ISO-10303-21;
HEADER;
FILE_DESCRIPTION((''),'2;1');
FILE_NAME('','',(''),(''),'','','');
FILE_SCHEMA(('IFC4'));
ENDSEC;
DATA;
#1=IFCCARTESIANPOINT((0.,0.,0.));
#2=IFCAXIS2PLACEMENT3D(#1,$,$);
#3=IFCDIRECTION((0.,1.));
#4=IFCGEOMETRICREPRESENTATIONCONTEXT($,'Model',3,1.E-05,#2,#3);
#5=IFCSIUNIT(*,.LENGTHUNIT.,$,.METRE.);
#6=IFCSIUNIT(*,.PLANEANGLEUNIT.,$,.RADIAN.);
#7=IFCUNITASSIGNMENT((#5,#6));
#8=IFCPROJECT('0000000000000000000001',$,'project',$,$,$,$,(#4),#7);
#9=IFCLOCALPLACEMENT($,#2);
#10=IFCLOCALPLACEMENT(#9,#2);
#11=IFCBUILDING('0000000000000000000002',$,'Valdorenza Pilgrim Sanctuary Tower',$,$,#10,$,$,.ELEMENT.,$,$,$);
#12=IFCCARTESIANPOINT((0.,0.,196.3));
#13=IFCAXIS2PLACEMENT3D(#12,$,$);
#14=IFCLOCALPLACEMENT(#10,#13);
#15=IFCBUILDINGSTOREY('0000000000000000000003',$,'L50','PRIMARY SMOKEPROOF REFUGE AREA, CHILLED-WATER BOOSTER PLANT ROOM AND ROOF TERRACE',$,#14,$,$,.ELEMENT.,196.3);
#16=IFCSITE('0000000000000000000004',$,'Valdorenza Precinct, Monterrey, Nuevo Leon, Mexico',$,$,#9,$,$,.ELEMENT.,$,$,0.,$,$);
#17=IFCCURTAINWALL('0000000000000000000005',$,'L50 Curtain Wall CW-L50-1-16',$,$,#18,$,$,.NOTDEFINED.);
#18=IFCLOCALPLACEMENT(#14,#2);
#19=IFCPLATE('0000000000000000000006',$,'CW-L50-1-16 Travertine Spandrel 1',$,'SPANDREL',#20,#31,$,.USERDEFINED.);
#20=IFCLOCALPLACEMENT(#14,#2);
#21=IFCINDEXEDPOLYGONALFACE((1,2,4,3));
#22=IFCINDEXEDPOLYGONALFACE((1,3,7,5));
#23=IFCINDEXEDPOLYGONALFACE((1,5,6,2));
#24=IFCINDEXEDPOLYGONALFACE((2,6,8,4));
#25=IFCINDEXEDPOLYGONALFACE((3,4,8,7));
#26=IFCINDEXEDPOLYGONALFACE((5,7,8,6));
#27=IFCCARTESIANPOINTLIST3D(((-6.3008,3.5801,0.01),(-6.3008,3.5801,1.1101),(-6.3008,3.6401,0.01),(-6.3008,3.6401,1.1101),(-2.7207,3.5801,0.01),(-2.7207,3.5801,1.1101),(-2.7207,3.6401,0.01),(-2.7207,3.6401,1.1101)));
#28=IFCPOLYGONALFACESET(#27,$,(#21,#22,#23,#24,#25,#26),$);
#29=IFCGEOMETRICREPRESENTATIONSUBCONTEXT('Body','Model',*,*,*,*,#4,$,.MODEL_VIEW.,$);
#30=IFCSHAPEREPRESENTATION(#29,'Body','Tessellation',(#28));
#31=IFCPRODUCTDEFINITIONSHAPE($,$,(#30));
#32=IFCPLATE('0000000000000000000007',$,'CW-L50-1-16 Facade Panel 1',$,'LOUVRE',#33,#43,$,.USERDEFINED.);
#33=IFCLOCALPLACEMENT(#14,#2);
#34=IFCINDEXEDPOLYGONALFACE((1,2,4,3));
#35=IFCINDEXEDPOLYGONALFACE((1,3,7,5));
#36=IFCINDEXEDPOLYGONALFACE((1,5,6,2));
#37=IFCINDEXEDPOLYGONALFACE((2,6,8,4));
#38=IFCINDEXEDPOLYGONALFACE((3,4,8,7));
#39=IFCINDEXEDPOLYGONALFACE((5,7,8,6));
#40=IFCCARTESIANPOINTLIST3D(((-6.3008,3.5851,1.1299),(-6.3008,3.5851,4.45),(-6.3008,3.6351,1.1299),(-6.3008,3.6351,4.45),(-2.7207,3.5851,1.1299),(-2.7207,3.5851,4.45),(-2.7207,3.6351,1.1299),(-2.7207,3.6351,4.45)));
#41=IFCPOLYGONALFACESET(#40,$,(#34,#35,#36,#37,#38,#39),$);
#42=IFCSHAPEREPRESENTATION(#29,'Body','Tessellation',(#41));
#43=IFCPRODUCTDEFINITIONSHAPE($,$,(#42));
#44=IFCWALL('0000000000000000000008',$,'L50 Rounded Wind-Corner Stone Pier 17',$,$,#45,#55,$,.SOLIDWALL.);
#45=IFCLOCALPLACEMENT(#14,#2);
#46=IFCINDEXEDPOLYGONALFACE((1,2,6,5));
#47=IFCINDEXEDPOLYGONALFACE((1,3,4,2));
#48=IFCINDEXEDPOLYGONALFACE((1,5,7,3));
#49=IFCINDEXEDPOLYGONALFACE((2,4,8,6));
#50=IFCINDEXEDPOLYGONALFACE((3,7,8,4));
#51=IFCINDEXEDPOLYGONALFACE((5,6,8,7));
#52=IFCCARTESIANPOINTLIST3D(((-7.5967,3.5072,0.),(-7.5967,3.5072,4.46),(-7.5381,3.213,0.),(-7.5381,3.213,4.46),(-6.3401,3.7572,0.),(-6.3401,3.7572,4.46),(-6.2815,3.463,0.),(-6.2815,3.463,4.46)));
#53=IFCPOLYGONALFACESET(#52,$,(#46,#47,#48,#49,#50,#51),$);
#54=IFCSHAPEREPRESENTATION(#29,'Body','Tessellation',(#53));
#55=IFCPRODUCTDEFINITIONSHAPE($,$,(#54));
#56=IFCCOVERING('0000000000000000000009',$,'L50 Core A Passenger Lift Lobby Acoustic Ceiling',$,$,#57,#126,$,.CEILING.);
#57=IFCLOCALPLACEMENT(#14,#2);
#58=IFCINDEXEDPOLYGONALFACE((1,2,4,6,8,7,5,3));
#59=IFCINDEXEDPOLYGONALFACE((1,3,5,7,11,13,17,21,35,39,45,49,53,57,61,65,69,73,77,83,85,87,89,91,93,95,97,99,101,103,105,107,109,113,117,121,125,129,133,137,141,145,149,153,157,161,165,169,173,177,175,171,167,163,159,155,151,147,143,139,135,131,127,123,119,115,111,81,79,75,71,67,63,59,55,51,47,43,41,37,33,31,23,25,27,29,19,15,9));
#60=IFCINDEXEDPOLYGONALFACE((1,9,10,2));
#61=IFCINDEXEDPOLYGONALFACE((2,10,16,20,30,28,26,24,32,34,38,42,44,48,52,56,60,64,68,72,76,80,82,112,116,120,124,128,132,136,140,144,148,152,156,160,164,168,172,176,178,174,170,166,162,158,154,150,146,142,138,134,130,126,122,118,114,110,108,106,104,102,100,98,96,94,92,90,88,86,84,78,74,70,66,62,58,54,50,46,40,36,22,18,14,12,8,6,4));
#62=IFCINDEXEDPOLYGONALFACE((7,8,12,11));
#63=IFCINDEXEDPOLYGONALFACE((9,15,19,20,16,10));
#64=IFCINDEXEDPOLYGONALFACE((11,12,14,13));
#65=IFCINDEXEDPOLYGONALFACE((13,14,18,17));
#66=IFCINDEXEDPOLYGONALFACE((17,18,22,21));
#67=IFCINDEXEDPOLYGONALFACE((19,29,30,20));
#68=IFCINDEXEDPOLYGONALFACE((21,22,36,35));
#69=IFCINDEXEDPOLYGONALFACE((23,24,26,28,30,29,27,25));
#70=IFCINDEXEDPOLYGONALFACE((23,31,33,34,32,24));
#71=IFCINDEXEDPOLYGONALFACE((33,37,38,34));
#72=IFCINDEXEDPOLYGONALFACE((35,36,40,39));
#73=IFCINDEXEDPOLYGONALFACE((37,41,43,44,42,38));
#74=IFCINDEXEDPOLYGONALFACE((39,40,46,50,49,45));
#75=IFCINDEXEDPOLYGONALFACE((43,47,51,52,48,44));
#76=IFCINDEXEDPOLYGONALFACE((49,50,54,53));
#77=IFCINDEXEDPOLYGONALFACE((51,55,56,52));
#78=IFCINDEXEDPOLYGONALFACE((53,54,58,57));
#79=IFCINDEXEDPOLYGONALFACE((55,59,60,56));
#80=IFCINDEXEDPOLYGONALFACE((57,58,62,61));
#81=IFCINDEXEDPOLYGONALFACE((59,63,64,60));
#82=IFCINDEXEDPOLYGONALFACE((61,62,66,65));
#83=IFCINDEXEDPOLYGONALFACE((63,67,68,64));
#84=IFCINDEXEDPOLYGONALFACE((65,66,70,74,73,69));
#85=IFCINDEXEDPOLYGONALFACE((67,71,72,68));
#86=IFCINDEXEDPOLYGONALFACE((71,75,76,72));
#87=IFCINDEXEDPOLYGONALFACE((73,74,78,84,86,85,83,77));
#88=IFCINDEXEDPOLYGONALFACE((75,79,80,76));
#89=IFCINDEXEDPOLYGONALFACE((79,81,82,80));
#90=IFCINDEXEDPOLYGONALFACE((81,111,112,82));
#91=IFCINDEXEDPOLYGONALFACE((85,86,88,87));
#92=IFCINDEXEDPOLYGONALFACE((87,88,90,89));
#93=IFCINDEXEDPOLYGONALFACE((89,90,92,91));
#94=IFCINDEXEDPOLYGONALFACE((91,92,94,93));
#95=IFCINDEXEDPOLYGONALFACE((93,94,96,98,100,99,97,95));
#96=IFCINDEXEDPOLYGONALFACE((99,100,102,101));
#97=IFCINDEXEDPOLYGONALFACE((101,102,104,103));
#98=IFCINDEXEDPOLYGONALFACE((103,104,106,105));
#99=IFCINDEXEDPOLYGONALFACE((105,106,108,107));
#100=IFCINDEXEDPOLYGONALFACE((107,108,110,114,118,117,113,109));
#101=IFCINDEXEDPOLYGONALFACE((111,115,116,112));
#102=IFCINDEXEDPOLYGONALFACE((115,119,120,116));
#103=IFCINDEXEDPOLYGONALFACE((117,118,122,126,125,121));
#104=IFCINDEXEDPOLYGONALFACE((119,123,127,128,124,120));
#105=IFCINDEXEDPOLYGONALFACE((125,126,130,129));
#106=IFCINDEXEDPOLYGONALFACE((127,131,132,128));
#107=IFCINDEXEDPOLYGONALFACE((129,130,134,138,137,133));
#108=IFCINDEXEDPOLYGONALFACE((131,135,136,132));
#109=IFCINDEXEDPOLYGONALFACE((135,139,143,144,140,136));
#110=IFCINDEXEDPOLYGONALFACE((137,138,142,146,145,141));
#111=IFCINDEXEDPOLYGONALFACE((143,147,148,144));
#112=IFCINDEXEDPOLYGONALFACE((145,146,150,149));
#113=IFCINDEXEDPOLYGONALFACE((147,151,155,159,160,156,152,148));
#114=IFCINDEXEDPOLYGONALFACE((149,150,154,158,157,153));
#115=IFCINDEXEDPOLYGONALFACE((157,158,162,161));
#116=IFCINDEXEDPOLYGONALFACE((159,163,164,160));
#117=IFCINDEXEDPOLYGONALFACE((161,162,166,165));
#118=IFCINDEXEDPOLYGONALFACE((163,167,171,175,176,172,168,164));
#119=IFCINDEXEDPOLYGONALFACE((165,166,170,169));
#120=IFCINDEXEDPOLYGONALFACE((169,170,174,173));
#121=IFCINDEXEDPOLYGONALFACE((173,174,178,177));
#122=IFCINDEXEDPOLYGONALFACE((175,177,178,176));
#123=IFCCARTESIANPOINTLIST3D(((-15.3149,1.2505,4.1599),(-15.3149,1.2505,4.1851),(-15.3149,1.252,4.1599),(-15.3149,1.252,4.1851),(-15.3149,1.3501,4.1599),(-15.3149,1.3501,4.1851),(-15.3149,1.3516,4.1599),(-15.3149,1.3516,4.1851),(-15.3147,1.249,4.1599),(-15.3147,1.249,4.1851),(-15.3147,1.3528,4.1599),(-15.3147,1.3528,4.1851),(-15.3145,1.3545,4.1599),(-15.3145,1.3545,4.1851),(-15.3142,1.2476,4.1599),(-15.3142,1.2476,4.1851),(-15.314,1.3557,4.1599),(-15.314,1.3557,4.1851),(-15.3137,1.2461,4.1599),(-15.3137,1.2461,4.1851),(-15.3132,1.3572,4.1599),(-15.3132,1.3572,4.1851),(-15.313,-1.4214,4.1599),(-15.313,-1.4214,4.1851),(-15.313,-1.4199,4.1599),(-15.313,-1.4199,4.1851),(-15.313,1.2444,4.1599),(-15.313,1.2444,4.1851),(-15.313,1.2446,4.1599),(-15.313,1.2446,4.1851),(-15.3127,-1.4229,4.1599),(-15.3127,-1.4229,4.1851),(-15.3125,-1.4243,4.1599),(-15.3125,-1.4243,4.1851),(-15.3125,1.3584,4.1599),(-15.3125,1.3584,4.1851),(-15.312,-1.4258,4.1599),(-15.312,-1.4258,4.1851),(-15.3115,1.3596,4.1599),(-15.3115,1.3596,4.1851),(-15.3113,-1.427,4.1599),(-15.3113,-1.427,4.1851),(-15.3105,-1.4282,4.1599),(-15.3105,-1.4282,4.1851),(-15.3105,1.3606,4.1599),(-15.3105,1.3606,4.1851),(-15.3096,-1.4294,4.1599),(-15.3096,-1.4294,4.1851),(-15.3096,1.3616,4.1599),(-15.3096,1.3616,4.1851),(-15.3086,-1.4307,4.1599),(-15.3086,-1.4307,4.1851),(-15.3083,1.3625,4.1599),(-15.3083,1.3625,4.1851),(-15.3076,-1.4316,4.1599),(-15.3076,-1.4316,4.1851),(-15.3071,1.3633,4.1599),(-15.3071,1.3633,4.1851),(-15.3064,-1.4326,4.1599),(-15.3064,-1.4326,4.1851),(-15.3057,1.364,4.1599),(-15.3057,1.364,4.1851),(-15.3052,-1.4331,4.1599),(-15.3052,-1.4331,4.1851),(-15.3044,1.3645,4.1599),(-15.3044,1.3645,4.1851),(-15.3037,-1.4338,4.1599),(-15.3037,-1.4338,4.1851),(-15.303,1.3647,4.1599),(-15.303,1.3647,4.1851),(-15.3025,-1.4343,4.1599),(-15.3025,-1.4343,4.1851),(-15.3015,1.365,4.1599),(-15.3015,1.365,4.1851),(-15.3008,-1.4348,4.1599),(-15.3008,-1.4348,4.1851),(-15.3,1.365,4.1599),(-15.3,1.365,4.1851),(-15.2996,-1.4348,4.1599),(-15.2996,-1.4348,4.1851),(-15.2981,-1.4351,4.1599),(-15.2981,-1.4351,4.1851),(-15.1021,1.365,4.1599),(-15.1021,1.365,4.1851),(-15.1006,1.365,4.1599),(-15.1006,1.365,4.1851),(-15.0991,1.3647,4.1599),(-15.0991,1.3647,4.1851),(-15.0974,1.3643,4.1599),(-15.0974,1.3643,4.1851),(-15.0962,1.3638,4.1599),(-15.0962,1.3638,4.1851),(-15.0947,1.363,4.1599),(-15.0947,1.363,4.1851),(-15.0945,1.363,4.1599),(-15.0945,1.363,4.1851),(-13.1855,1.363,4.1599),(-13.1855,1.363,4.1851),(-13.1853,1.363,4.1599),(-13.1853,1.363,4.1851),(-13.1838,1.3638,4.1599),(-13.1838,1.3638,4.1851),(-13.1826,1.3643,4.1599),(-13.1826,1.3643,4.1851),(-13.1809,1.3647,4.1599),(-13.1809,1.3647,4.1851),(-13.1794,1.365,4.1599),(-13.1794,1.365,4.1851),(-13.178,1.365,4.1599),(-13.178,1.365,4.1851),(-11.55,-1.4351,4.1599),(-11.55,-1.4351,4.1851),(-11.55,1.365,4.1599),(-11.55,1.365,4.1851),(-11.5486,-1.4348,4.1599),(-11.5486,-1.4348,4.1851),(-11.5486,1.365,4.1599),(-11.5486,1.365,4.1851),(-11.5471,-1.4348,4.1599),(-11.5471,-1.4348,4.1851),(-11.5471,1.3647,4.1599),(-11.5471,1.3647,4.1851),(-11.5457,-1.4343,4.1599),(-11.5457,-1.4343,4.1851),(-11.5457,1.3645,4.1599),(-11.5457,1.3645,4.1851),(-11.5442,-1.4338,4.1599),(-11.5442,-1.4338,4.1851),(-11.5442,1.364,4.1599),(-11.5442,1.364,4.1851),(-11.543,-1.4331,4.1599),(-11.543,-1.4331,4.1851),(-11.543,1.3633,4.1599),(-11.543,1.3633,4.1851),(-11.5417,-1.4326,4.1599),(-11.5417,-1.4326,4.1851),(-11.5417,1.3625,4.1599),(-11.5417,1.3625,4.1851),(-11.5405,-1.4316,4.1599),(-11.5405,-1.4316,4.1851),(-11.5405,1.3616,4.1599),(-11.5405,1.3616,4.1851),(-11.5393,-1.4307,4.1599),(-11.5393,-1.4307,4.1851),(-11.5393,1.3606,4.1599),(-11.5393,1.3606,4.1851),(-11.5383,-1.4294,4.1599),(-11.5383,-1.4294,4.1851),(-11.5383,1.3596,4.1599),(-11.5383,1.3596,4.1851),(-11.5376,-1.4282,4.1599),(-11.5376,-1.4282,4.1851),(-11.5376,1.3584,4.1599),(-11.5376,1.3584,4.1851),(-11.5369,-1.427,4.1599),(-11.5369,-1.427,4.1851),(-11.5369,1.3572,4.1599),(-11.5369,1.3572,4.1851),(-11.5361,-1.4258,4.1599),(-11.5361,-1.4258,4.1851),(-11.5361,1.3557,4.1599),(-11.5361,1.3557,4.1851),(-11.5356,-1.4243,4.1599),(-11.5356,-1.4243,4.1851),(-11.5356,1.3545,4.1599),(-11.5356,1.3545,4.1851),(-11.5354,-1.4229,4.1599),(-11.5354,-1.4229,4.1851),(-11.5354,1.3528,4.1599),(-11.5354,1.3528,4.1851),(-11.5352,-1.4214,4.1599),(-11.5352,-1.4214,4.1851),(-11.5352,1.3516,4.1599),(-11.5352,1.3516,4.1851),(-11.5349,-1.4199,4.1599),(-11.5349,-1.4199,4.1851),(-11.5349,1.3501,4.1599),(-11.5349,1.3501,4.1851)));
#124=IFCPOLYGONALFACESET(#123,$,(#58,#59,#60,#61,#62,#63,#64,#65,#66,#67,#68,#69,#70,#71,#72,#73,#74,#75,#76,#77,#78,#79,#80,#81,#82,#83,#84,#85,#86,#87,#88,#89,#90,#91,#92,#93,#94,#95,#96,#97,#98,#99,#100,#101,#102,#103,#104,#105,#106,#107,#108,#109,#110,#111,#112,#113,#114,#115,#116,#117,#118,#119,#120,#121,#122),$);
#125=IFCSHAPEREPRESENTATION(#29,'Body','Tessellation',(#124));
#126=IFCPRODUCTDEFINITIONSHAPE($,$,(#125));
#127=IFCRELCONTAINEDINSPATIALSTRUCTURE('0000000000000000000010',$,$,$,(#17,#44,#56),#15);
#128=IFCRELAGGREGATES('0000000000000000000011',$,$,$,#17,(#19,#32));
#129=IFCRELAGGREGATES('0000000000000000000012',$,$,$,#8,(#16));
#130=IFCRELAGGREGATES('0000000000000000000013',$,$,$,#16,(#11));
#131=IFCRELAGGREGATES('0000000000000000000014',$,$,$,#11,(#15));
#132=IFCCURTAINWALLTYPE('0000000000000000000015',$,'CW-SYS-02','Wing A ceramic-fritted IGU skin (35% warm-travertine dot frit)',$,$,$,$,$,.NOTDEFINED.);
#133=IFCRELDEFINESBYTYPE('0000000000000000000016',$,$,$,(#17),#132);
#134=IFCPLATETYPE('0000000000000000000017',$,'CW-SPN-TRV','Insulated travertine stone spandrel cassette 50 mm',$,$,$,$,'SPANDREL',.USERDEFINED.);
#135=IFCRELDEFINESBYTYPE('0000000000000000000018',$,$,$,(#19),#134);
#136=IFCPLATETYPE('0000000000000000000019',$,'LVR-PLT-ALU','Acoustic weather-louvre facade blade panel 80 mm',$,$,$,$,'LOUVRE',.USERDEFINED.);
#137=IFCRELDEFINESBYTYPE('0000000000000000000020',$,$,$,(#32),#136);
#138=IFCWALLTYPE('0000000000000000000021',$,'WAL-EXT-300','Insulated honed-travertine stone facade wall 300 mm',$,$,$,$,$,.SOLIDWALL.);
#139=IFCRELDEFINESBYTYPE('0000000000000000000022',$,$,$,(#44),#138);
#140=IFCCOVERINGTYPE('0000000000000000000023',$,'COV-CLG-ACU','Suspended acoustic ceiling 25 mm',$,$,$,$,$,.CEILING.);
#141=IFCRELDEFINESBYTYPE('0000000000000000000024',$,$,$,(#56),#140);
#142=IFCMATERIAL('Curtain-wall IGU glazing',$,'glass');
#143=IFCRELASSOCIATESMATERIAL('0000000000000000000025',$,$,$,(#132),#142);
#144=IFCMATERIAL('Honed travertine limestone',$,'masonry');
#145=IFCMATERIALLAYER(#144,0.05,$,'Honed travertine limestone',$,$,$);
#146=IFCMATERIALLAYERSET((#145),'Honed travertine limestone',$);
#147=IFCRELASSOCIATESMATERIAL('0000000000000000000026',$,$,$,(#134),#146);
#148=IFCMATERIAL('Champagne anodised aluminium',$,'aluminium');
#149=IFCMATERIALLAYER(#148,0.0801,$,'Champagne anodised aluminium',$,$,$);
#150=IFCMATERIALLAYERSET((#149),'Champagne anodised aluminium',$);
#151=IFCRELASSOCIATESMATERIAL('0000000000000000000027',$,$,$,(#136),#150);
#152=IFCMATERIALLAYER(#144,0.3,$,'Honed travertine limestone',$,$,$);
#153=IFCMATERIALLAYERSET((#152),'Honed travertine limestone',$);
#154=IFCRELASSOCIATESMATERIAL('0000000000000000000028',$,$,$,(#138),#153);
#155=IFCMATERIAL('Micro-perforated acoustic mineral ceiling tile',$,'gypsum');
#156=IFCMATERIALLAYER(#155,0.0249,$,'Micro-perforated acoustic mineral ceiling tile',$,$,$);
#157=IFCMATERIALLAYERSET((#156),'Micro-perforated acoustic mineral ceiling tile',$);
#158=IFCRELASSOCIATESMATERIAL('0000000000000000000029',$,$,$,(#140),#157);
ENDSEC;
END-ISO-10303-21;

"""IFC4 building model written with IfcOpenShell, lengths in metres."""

from ifc_helpers import new_model, si_unit, direction, frame, frame_2d, origin, origin_2d, place, context, subcontext, project, spatial, polyline, rectangle, outline, extrude, source, transform, mapped, material, layer, layer_set, type_object, element, aggregate, save


model = new_model("IFC4")

# Units and contexts
model_context = context("Model", 3, precision=1e-05, world=origin(), true_north=direction((0.0, 1.0)))
body_context = subcontext(model_context, "Body", "Model", "MODEL_VIEW")
ifc_project = project(units=[si_unit("LENGTHUNIT", "METRE"), si_unit("PLANEANGLEUNIT", "RADIAN")], contexts=[model_context])

# Site, building, storey
site_placement = place(None, origin())
site = spatial("IfcSite", under=ifc_project, at=site_placement, Name="Valdorenza Precinct, Monterrey, Nuevo Leon, Mexico", CompositionType="ELEMENT", RefElevation=0.0)
building_placement = place(site_placement, origin())
building = spatial("IfcBuilding", under=site, at=building_placement, Name="Valdorenza Pilgrim Sanctuary Tower", CompositionType="ELEMENT")
storey_placement = place(building_placement, frame((0.0, 0.0, 196.3)))
storey = spatial("IfcBuildingStorey", under=building, at=storey_placement, Name="L50", Description="PRIMARY SMOKEPROOF REFUGE AREA, CHILLED-WATER BOOSTER PLANT ROOM AND ROOF TERRACE", CompositionType="ELEMENT", Elevation=196.3)

# Curtain wall
ifc_material_1 = material(Name="Curtain-wall IGU glazing", Category="glass")
curtain_wall_type = type_object("IfcCurtainWallType", Name="CW-SYS-02", Description="Wing A ceramic-fritted IGU skin (35% warm-travertine dot frit)", PredefinedType="NOTDEFINED", material=ifc_material_1)
curtain_wall_placement = place(storey_placement, origin())
curtain_wall = element("IfcCurtainWall", 1, at=curtain_wall_placement, inside=storey, type_object=curtain_wall_type, Name="L50 Curtain Wall CW-L50-1-16", PredefinedType="NOTDEFINED")

# Plates
ifc_material_2 = material(Name="Honed travertine limestone", Category="masonry")
ifc_layer_1 = layer(ifc_material_2, 0.05, Name="Honed travertine limestone")
ifc_layer_set_1 = layer_set([ifc_layer_1], Name="Honed travertine limestone")
plate_type_1 = type_object("IfcPlateType", Name="CW-SPN-TRV", Description="Insulated travertine stone spandrel cassette 50 mm", ElementType="SPANDREL", PredefinedType="USERDEFINED", material=ifc_layer_set_1)
shared_shape_1 = source(origin(), body_context, "Body", "SweptSolid", [
    extrude(rectangle(XDim=3.5801, YDim=0.0601, at=origin_2d()), origin(), (0.0, 0.0, 1.0), 1.1001),
])
plate_1_placement = place(storey_placement, frame((-4.5107, 3.6101, 0.01), z_axis=(0.0, 0.0, 1.0), x_axis=(-1.0, 0.0, 0.0)))
plate_1 = element("IfcPlate", 2, at=plate_1_placement, type_object=plate_type_1, Name="CW-L50-1-16 Travertine Spandrel 1", ObjectType="SPANDREL", PredefinedType="USERDEFINED", context=body_context, shape_type="MappedRepresentation", body=[
    mapped(shared_shape_1, transform((0.0, 0.0, 0.0), x_axis=(1.0, 0.0, 0.0), y_axis=(0.0, 1.0, 0.0), z_axis=(0.0, 0.0, 1.0), scale=1.0)),
])
ifc_material_3 = material(Name="Champagne anodised aluminium", Category="aluminium")
ifc_layer_2 = layer(ifc_material_3, 0.0801, Name="Champagne anodised aluminium")
ifc_layer_set_2 = layer_set([ifc_layer_2], Name="Champagne anodised aluminium")
plate_type_2 = type_object("IfcPlateType", Name="LVR-PLT-ALU", Description="Acoustic weather-louvre facade blade panel 80 mm", ElementType="LOUVRE", PredefinedType="USERDEFINED", material=ifc_layer_set_2)
shared_shape_2 = source(origin(), body_context, "Body", "SweptSolid", [
    extrude(rectangle(XDim=3.5801, YDim=0.05, at=origin_2d()), origin(), (0.0, 0.0, 1.0), 3.3201),
])
plate_2_placement = place(storey_placement, frame((-4.5107, 3.6101, 1.1299), z_axis=(0.0, 0.0, 1.0), x_axis=(-1.0, 0.0, 0.0)))
plate_2 = element("IfcPlate", 3, at=plate_2_placement, type_object=plate_type_2, Name="CW-L50-1-16 Facade Panel 1", ObjectType="LOUVRE", PredefinedType="USERDEFINED", context=body_context, shape_type="MappedRepresentation", body=[
    mapped(shared_shape_2, transform((0.0, 0.0, 0.0), x_axis=(1.0, 0.0, 0.0), y_axis=(0.0, 1.0, 0.0), z_axis=(0.0, 0.0, 1.0), scale=1.0)),
])
aggregate(curtain_wall, [plate_1, plate_2])

# Wall
ifc_layer_3 = layer(ifc_material_2, 0.3, Name="Honed travertine limestone")
ifc_layer_set_3 = layer_set([ifc_layer_3], Name="Honed travertine limestone")
wall_type = type_object("IfcWallType", Name="WAL-EXT-300", Description="Insulated honed-travertine stone facade wall 300 mm", PredefinedType="SOLIDWALL", material=ifc_layer_set_3)
wall_placement = place(storey_placement, frame((-6.3108, 3.6101, 0.0), z_axis=(0.0, 0.0, 1.0), x_axis=(-0.980778, -0.195127, 0.0)))
element("IfcWall", 4, at=wall_placement, inside=storey, type_object=wall_type, Name="L50 Rounded Wind-Corner Stone Pier 17", PredefinedType="SOLIDWALL", context=body_context, shape_type="SweptSolid", body=[
    extrude(rectangle(XDim=1.2812, YDim=0.3, at=frame_2d((0.6406, 0.0))), origin(), (0.0, 0.0, 1.0), 4.46),
])

# Covering
ifc_material_4 = material(Name="Micro-perforated acoustic mineral ceiling tile", Category="gypsum")
ifc_layer_4 = layer(ifc_material_4, 0.0249, Name="Micro-perforated acoustic mineral ceiling tile")
ifc_layer_set_4 = layer_set([ifc_layer_4], Name="Micro-perforated acoustic mineral ceiling tile")
covering_type_1 = type_object("IfcCoveringType", Name="COV-CLG-ACU", Description="Suspended acoustic ceiling 25 mm", PredefinedType="CEILING", material=ifc_layer_set_4)
covering_1_placement = place(storey_placement, frame((0.0, 0.0, 4.1599)))
element("IfcCovering", 5, at=covering_1_placement, inside=storey, type_object=covering_type_1, Name="L50 Core A Passenger Lift Lobby Acoustic Ceiling", PredefinedType="CEILING", context=body_context, shape_type="SweptSolid", body=[
    extrude(outline(polyline([(-15.313, 1.2444), (-15.313, 1.2446), (-15.3137, 1.2461), (-15.3142, 1.2476), (-15.3147, 1.249), (-15.3149, 1.2505), (-15.3149, 1.252), (-15.3149, 1.3501), (-15.3149, 1.3516), (-15.3147, 1.3528), (-15.3145, 1.3545), (-15.314, 1.3557), (-15.3132, 1.3572), (-15.3125, 1.3584), (-15.3115, 1.3596), (-15.3105, 1.3606), (-15.3096, 1.3616), (-15.3083, 1.3625), (-15.3071, 1.3633), (-15.3057, 1.364), (-15.3044, 1.3645), (-15.303, 1.3647), (-15.3015, 1.365), (-15.3, 1.365), (-15.1021, 1.365), (-15.1006, 1.365), (-15.0991, 1.3647), (-15.0974, 1.3643), (-15.0962, 1.3638), (-15.0947, 1.363), (-15.0945, 1.363), (-13.1855, 1.363), (-13.1853, 1.363), (-13.1838, 1.3638), (-13.1826, 1.3643), (-13.1809, 1.3647), (-13.1794, 1.365), (-13.178, 1.365), (-11.55, 1.365), (-11.5486, 1.365), (-11.5471, 1.3647), (-11.5457, 1.3645), (-11.5442, 1.364), (-11.543, 1.3633), (-11.5417, 1.3625), (-11.5405, 1.3616), (-11.5393, 1.3606), (-11.5383, 1.3596), (-11.5376, 1.3584), (-11.5369, 1.3572), (-11.5361, 1.3557), (-11.5356, 1.3545), (-11.5354, 1.3528), (-11.5352, 1.3516), (-11.5349, 1.3501), (-11.5349, -1.4199), (-11.5352, -1.4214), (-11.5354, -1.4229), (-11.5356, -1.4243), (-11.5361, -1.4258), (-11.5369, -1.427), (-11.5376, -1.4282), (-11.5383, -1.4294), (-11.5393, -1.4307), (-11.5405, -1.4316), (-11.5417, -1.4326), (-11.543, -1.4331), (-11.5442, -1.4338), (-11.5457, -1.4343), (-11.5471, -1.4348), (-11.5486, -1.4348), (-11.55, -1.4351), (-15.2981, -1.4351), (-15.2996, -1.4348), (-15.3008, -1.4348), (-15.3025, -1.4343), (-15.3037, -1.4338), (-15.3052, -1.4331), (-15.3064, -1.4326), (-15.3076, -1.4316), (-15.3086, -1.4307), (-15.3096, -1.4294), (-15.3105, -1.4282), (-15.3113, -1.427), (-15.312, -1.4258), (-15.3125, -1.4243), (-15.3127, -1.4229), (-15.313, -1.4214), (-15.313, -1.4199), (-15.313, 1.2444)])), origin(), (0.0, 0.0, 1.0), 0.0251),
])

save(model, "model.ifc")
